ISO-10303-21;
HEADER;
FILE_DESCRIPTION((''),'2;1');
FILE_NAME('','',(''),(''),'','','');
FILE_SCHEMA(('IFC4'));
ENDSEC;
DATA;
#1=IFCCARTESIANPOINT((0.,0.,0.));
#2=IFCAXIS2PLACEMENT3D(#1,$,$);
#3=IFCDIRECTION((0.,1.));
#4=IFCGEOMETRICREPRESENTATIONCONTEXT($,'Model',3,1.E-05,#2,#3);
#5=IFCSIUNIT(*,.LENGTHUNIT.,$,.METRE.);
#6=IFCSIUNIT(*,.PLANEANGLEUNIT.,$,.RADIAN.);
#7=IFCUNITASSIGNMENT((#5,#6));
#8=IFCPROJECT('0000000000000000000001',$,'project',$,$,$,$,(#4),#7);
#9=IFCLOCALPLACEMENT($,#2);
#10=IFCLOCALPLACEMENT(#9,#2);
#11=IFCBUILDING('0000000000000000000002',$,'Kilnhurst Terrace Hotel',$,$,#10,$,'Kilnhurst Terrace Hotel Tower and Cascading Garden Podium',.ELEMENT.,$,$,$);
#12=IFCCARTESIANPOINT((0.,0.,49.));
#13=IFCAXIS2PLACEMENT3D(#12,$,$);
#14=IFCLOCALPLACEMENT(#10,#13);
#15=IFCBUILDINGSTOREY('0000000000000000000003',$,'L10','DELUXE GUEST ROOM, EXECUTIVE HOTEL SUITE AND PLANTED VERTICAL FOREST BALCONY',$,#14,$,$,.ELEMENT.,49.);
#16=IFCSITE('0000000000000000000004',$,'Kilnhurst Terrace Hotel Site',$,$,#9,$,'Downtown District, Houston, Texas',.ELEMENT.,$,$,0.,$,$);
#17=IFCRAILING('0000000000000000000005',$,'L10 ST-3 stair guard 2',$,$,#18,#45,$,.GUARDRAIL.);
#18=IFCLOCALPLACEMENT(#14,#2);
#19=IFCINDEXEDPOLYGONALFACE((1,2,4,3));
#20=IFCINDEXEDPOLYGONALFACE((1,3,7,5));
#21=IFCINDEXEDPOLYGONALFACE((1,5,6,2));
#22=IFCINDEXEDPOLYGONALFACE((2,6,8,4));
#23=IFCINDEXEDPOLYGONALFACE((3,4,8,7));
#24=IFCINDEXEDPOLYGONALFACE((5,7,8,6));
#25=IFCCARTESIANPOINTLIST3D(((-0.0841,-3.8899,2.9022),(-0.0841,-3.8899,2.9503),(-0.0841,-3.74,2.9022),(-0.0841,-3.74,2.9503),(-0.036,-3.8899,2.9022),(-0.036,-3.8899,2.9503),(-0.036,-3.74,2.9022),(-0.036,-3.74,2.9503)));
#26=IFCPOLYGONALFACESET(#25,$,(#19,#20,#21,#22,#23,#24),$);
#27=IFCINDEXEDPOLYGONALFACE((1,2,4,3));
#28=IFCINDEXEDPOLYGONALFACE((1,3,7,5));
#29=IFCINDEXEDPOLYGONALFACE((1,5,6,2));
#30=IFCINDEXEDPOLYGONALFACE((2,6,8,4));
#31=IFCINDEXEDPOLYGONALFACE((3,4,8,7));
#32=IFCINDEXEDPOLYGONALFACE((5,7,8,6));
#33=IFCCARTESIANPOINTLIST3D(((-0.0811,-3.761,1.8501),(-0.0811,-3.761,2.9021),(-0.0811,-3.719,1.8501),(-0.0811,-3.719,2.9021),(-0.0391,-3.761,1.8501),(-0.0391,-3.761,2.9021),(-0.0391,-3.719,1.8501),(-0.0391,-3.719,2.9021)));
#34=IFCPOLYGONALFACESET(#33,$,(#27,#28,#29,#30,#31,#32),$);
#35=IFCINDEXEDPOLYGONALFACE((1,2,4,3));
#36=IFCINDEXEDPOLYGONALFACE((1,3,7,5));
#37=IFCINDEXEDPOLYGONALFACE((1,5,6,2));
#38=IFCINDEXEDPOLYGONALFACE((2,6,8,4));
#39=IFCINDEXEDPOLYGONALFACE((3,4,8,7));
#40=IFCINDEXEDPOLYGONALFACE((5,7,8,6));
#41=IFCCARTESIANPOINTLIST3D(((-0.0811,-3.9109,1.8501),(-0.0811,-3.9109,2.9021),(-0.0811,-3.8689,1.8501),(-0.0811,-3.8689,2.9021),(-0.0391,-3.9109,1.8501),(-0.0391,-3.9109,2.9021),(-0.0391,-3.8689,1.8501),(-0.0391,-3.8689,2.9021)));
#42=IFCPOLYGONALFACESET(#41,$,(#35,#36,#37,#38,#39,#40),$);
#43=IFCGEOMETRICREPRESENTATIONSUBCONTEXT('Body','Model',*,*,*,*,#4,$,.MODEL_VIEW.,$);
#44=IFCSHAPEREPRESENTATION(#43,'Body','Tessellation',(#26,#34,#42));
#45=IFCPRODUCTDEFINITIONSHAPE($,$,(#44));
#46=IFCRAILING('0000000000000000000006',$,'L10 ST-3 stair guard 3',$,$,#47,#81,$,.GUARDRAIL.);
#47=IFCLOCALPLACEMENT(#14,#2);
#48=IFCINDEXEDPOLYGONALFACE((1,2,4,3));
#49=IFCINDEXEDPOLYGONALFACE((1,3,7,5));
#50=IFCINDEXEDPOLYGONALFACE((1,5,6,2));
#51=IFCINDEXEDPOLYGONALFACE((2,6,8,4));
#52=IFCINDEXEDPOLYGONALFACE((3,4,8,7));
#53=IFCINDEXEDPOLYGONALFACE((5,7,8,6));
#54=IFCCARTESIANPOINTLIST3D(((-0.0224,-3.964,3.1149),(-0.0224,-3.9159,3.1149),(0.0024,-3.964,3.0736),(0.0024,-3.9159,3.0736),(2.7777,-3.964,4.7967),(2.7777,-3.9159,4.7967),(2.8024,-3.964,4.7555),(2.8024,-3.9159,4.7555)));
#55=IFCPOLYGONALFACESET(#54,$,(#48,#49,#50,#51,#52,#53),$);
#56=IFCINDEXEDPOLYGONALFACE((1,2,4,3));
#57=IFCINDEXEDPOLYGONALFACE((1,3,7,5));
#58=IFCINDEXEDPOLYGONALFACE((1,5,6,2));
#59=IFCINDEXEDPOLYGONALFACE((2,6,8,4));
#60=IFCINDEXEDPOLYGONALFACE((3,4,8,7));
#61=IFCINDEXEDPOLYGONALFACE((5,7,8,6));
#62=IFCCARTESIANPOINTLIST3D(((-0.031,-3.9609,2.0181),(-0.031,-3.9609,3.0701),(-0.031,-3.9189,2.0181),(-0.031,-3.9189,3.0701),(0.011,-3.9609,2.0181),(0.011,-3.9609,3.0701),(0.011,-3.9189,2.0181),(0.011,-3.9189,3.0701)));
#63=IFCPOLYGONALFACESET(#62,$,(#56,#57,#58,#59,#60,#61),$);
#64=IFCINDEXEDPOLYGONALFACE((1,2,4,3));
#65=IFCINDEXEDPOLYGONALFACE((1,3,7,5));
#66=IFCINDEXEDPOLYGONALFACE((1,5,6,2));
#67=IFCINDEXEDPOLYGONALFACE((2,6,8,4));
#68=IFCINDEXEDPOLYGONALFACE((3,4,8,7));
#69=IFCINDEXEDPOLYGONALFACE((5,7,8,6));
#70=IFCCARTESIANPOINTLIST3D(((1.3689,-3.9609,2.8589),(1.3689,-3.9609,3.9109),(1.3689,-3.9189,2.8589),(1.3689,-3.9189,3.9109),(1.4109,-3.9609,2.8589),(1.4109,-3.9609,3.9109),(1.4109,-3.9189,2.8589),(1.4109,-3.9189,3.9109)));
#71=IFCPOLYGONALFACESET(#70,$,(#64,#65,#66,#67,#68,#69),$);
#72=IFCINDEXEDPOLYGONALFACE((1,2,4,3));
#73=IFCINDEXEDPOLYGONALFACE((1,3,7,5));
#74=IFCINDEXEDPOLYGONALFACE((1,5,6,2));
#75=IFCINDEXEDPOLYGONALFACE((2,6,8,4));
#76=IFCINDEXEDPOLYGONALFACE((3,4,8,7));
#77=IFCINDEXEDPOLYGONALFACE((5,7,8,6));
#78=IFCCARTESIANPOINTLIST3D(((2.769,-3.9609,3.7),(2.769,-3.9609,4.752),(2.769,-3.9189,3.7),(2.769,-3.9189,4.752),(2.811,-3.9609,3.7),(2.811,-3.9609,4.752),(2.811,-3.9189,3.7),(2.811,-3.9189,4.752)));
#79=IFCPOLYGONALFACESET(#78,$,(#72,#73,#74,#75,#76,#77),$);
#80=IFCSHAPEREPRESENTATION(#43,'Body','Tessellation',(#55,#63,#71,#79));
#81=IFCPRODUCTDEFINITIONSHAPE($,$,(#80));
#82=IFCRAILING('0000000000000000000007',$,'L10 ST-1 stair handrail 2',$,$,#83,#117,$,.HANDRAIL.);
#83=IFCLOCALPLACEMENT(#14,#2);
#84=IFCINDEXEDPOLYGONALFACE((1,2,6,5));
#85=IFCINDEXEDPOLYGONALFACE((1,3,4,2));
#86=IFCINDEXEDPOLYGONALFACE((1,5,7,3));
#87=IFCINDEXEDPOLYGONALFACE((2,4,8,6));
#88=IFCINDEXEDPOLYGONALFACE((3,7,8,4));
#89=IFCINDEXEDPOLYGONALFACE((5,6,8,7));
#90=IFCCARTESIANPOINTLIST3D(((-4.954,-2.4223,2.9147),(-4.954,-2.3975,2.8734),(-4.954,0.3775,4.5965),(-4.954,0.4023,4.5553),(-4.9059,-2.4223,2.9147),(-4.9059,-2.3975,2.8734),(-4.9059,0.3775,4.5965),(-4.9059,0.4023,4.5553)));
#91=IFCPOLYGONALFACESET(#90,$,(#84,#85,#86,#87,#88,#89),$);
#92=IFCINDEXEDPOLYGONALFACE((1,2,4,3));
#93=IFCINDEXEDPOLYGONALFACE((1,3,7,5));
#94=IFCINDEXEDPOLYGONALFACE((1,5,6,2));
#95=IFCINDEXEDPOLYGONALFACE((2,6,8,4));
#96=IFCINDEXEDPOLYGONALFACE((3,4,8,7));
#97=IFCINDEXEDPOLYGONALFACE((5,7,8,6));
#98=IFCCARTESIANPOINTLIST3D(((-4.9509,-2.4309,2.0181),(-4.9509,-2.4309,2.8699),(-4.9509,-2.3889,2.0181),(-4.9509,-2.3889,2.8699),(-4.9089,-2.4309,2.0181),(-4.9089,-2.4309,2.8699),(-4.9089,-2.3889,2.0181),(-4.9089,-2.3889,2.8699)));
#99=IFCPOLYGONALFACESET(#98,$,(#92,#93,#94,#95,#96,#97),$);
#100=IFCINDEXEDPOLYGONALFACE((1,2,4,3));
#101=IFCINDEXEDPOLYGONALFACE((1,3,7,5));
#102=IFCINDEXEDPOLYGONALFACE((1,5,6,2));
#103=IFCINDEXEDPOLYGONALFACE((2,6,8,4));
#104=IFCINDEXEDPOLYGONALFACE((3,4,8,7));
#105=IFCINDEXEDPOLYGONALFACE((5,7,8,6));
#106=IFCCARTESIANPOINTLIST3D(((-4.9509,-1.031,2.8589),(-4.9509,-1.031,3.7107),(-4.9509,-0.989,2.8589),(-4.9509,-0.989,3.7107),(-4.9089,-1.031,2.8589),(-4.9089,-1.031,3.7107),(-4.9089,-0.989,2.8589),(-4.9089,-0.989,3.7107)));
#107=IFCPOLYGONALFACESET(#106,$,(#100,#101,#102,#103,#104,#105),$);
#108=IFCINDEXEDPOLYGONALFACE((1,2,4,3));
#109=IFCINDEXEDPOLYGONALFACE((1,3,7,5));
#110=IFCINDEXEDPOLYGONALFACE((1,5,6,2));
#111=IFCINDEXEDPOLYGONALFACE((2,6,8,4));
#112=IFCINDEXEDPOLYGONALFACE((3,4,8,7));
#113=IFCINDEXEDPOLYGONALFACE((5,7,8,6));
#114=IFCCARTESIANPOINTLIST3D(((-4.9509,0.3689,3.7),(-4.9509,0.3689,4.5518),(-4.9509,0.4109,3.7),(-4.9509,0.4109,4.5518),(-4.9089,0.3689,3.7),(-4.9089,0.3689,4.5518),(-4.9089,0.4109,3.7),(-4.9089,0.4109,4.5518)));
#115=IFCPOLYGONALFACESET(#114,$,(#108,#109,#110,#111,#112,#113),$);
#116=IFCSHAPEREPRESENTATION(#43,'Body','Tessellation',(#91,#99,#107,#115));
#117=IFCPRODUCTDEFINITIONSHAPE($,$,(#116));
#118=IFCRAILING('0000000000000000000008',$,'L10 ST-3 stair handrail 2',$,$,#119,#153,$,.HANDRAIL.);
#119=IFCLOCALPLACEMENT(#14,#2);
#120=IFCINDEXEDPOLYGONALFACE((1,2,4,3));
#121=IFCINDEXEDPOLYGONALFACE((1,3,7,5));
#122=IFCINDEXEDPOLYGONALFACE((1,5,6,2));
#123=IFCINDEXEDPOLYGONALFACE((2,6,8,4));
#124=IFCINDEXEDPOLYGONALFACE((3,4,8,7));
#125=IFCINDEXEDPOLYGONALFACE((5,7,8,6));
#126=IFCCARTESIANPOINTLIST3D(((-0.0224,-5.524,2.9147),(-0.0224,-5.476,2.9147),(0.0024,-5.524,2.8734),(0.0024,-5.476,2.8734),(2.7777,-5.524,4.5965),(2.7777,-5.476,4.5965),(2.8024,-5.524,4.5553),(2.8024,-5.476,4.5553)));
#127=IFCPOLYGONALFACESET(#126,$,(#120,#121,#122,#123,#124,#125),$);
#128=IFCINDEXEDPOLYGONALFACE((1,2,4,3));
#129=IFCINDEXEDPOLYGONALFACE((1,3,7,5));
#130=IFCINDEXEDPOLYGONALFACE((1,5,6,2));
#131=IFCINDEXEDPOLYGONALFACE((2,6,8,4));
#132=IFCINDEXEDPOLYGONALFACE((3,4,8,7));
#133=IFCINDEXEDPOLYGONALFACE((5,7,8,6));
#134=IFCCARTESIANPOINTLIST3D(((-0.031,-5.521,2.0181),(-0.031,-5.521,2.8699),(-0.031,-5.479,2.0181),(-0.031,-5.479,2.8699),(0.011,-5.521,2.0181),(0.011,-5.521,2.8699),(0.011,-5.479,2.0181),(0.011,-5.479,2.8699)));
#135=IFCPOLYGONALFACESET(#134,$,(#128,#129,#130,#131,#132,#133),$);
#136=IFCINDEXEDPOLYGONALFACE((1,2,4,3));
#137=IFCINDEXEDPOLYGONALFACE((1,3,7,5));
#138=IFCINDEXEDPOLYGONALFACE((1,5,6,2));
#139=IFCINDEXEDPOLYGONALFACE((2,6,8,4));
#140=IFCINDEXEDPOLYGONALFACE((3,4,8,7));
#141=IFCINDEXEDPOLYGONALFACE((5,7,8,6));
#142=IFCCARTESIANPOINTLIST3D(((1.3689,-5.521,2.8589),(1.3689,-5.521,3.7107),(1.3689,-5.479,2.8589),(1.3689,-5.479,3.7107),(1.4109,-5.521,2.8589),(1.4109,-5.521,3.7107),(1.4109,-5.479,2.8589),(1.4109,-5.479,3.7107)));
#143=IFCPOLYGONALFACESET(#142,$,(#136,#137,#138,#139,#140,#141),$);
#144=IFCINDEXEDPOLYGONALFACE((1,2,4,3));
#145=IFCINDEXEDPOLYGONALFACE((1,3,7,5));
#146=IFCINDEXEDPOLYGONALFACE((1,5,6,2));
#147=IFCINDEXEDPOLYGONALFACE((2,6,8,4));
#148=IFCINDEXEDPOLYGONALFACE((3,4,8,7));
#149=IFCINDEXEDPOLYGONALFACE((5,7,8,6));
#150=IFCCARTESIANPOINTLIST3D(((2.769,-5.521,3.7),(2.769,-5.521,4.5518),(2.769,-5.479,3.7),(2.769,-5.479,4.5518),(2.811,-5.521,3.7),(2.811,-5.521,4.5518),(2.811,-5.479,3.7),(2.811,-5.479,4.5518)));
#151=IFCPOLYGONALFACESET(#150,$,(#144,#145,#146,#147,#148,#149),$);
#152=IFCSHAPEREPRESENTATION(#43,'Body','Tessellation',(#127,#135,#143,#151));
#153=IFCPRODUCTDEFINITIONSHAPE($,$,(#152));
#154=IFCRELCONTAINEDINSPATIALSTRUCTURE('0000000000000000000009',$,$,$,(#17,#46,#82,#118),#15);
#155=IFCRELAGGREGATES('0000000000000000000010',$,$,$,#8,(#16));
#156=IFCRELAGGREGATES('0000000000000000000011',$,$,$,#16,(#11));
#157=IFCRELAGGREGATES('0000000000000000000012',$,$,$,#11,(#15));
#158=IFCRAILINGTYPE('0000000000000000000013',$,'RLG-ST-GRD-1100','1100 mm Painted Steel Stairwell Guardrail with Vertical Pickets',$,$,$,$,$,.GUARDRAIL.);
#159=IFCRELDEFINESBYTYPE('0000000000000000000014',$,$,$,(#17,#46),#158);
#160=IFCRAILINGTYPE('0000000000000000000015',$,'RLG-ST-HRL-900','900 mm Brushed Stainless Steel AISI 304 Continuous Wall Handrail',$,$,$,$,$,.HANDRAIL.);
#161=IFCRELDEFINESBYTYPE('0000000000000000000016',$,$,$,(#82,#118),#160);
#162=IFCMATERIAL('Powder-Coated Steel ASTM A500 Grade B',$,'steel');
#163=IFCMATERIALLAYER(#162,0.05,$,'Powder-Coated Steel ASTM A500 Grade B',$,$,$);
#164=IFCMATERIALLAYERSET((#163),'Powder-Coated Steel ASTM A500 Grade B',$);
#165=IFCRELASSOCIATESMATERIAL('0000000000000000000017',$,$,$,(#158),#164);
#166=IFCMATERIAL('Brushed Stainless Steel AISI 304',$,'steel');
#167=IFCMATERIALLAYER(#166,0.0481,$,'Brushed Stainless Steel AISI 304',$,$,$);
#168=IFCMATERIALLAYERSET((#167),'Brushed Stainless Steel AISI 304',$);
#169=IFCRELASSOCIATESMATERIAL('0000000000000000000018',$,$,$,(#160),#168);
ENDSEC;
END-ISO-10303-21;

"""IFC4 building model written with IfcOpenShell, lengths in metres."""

from ifc_helpers import new_model, si_unit, direction, frame, origin, origin_2d, place, context, subcontext, project, spatial, rectangle, extrude, material, layer, layer_set, type_object, element, save


model = new_model("IFC4")

# Units and contexts
model_context = context("Model", 3, precision=1e-05, world=origin(), true_north=direction((0.0, 1.0)))
body_context = subcontext(model_context, "Body", "Model", "MODEL_VIEW")
ifc_project = project(units=[si_unit("LENGTHUNIT", "METRE"), si_unit("PLANEANGLEUNIT", "RADIAN")], contexts=[model_context])

# Site, building, storey
site_placement = place(None, origin())
site = spatial("IfcSite", under=ifc_project, at=site_placement, Name="Kilnhurst Terrace Hotel Site", LongName="Downtown District, Houston, Texas", CompositionType="ELEMENT", RefElevation=0.0)
building_placement = place(site_placement, origin())
building = spatial("IfcBuilding", under=site, at=building_placement, Name="Kilnhurst Terrace Hotel", LongName="Kilnhurst Terrace Hotel Tower and Cascading Garden Podium", CompositionType="ELEMENT")
storey_placement = place(building_placement, frame((0.0, 0.0, 49.0)))
storey = spatial("IfcBuildingStorey", under=building, at=storey_placement, Name="L10", Description="DELUXE GUEST ROOM, EXECUTIVE HOTEL SUITE AND PLANTED VERTICAL FOREST BALCONY", CompositionType="ELEMENT", Elevation=49.0)

# Railings
ifc_material_1 = material(Name="Powder-Coated Steel ASTM A500 Grade B", Category="steel")
ifc_layer_1 = layer(ifc_material_1, 0.05, Name="Powder-Coated Steel ASTM A500 Grade B")
ifc_layer_set_1 = layer_set([ifc_layer_1], Name="Powder-Coated Steel ASTM A500 Grade B")
railing_type_1 = type_object("IfcRailingType", Name="RLG-ST-GRD-1100", Description="1100 mm Painted Steel Stairwell Guardrail with Vertical Pickets", PredefinedType="GUARDRAIL", material=ifc_layer_set_1)
railing_1_placement = place(storey_placement, frame((-0.0601, -3.74, 1.8501)))
element("IfcRailing", 1, at=railing_1_placement, inside=storey, type_object=railing_type_1, Name="L10 ST-3 stair guard 2", PredefinedType="GUARDRAIL", context=body_context, shape_type="SweptSolid", body=[
    extrude(rectangle(XDim=0.0481, YDim=0.0481, at=origin_2d()), frame((0.0, 0.0, 1.0762), z_axis=(0.0, -1.0, 0.0), x_axis=(1.0, 0.0, 0.0)), (0.0, 0.0, 1.0), 0.1499),
    extrude(rectangle(XDim=0.042, YDim=0.042, at=origin_2d()), origin(), (0.0, 0.0, 1.0), 1.052),
    extrude(rectangle(XDim=0.042, YDim=0.042, at=origin_2d()), frame((0.0, -0.1499, 0.0)), (0.0, 0.0, 1.0), 1.052),
])
railing_2_placement = place(storey_placement, frame((-0.01, -3.9399, 2.0181)))
element("IfcRailing", 2, at=railing_2_placement, inside=storey, type_object=railing_type_1, Name="L10 ST-3 stair guard 3", PredefinedType="GUARDRAIL", context=body_context, shape_type="SweptSolid", body=[
    extrude(rectangle(XDim=0.0481, YDim=0.0481, at=origin_2d()), frame((0.0, 0.0, 1.0762), z_axis=(0.857242, 0.0, 0.514913), x_axis=(0.0, 1.0, 0.0)), (0.0, 0.0, 1.0), 3.2664),
    extrude(rectangle(XDim=0.042, YDim=0.042, at=origin_2d()), origin(), (0.0, 0.0, 1.0), 1.052),
    extrude(rectangle(XDim=0.042, YDim=0.042, at=origin_2d()), frame((1.3999, 0.0, 0.8408)), (0.0, 0.0, 1.0), 1.052),
    extrude(rectangle(XDim=0.042, YDim=0.042, at=origin_2d()), frame((2.8, 0.0, 1.6819)), (0.0, 0.0, 1.0), 1.052),
])
ifc_material_2 = material(Name="Brushed Stainless Steel AISI 304", Category="steel")
ifc_layer_2 = layer(ifc_material_2, 0.0481, Name="Brushed Stainless Steel AISI 304")
ifc_layer_set_2 = layer_set([ifc_layer_2], Name="Brushed Stainless Steel AISI 304")
railing_type_2 = type_object("IfcRailingType", Name="RLG-ST-HRL-900", Description="900 mm Brushed Stainless Steel AISI 304 Continuous Wall Handrail", PredefinedType="HANDRAIL", material=ifc_layer_set_2)
railing_3_placement = place(storey_placement, frame((-4.9299, -2.4099, 2.0181)))
element("IfcRailing", 3, at=railing_3_placement, inside=storey, type_object=railing_type_2, Name="L10 ST-1 stair handrail 2", PredefinedType="HANDRAIL", context=body_context, shape_type="SweptSolid", body=[
    extrude(rectangle(XDim=0.0481, YDim=0.0481, at=origin_2d()), frame((0.0, 0.0, 0.876), z_axis=(0.0, 0.857222, 0.514946), x_axis=(-1.0, 0.0, 0.0)), (0.0, 0.0, 1.0), 3.2661),
    extrude(rectangle(XDim=0.042, YDim=0.042, at=origin_2d()), origin(), (0.0, 0.0, 1.0), 0.8518),
    extrude(rectangle(XDim=0.042, YDim=0.042, at=origin_2d()), frame((0.0, 1.3999, 0.8408)), (0.0, 0.0, 1.0), 0.8518),
    extrude(rectangle(XDim=0.042, YDim=0.042, at=origin_2d()), frame((0.0, 2.7998, 1.6819)), (0.0, 0.0, 1.0), 0.8518),
])
railing_4_placement = place(storey_placement, frame((-0.01, -5.5, 2.0181)))
element("IfcRailing", 4, at=railing_4_placement, inside=storey, type_object=railing_type_2, Name="L10 ST-3 stair handrail 2", PredefinedType="HANDRAIL", context=body_context, shape_type="SweptSolid", body=[
    extrude(rectangle(XDim=0.0481, YDim=0.0481, at=origin_2d()), frame((0.0, 0.0, 0.876), z_axis=(0.857242, 0.0, 0.514913), x_axis=(0.0, 1.0, 0.0)), (0.0, 0.0, 1.0), 3.2664),
    extrude(rectangle(XDim=0.042, YDim=0.042, at=origin_2d()), origin(), (0.0, 0.0, 1.0), 0.8518),
    extrude(rectangle(XDim=0.042, YDim=0.042, at=origin_2d()), frame((1.3999, 0.0, 0.8408)), (0.0, 0.0, 1.0), 0.8518),
    extrude(rectangle(XDim=0.042, YDim=0.042, at=origin_2d()), frame((2.8, 0.0, 1.6819)), (0.0, 0.0, 1.0), 0.8518),
])

save(model, "model.ifc")
